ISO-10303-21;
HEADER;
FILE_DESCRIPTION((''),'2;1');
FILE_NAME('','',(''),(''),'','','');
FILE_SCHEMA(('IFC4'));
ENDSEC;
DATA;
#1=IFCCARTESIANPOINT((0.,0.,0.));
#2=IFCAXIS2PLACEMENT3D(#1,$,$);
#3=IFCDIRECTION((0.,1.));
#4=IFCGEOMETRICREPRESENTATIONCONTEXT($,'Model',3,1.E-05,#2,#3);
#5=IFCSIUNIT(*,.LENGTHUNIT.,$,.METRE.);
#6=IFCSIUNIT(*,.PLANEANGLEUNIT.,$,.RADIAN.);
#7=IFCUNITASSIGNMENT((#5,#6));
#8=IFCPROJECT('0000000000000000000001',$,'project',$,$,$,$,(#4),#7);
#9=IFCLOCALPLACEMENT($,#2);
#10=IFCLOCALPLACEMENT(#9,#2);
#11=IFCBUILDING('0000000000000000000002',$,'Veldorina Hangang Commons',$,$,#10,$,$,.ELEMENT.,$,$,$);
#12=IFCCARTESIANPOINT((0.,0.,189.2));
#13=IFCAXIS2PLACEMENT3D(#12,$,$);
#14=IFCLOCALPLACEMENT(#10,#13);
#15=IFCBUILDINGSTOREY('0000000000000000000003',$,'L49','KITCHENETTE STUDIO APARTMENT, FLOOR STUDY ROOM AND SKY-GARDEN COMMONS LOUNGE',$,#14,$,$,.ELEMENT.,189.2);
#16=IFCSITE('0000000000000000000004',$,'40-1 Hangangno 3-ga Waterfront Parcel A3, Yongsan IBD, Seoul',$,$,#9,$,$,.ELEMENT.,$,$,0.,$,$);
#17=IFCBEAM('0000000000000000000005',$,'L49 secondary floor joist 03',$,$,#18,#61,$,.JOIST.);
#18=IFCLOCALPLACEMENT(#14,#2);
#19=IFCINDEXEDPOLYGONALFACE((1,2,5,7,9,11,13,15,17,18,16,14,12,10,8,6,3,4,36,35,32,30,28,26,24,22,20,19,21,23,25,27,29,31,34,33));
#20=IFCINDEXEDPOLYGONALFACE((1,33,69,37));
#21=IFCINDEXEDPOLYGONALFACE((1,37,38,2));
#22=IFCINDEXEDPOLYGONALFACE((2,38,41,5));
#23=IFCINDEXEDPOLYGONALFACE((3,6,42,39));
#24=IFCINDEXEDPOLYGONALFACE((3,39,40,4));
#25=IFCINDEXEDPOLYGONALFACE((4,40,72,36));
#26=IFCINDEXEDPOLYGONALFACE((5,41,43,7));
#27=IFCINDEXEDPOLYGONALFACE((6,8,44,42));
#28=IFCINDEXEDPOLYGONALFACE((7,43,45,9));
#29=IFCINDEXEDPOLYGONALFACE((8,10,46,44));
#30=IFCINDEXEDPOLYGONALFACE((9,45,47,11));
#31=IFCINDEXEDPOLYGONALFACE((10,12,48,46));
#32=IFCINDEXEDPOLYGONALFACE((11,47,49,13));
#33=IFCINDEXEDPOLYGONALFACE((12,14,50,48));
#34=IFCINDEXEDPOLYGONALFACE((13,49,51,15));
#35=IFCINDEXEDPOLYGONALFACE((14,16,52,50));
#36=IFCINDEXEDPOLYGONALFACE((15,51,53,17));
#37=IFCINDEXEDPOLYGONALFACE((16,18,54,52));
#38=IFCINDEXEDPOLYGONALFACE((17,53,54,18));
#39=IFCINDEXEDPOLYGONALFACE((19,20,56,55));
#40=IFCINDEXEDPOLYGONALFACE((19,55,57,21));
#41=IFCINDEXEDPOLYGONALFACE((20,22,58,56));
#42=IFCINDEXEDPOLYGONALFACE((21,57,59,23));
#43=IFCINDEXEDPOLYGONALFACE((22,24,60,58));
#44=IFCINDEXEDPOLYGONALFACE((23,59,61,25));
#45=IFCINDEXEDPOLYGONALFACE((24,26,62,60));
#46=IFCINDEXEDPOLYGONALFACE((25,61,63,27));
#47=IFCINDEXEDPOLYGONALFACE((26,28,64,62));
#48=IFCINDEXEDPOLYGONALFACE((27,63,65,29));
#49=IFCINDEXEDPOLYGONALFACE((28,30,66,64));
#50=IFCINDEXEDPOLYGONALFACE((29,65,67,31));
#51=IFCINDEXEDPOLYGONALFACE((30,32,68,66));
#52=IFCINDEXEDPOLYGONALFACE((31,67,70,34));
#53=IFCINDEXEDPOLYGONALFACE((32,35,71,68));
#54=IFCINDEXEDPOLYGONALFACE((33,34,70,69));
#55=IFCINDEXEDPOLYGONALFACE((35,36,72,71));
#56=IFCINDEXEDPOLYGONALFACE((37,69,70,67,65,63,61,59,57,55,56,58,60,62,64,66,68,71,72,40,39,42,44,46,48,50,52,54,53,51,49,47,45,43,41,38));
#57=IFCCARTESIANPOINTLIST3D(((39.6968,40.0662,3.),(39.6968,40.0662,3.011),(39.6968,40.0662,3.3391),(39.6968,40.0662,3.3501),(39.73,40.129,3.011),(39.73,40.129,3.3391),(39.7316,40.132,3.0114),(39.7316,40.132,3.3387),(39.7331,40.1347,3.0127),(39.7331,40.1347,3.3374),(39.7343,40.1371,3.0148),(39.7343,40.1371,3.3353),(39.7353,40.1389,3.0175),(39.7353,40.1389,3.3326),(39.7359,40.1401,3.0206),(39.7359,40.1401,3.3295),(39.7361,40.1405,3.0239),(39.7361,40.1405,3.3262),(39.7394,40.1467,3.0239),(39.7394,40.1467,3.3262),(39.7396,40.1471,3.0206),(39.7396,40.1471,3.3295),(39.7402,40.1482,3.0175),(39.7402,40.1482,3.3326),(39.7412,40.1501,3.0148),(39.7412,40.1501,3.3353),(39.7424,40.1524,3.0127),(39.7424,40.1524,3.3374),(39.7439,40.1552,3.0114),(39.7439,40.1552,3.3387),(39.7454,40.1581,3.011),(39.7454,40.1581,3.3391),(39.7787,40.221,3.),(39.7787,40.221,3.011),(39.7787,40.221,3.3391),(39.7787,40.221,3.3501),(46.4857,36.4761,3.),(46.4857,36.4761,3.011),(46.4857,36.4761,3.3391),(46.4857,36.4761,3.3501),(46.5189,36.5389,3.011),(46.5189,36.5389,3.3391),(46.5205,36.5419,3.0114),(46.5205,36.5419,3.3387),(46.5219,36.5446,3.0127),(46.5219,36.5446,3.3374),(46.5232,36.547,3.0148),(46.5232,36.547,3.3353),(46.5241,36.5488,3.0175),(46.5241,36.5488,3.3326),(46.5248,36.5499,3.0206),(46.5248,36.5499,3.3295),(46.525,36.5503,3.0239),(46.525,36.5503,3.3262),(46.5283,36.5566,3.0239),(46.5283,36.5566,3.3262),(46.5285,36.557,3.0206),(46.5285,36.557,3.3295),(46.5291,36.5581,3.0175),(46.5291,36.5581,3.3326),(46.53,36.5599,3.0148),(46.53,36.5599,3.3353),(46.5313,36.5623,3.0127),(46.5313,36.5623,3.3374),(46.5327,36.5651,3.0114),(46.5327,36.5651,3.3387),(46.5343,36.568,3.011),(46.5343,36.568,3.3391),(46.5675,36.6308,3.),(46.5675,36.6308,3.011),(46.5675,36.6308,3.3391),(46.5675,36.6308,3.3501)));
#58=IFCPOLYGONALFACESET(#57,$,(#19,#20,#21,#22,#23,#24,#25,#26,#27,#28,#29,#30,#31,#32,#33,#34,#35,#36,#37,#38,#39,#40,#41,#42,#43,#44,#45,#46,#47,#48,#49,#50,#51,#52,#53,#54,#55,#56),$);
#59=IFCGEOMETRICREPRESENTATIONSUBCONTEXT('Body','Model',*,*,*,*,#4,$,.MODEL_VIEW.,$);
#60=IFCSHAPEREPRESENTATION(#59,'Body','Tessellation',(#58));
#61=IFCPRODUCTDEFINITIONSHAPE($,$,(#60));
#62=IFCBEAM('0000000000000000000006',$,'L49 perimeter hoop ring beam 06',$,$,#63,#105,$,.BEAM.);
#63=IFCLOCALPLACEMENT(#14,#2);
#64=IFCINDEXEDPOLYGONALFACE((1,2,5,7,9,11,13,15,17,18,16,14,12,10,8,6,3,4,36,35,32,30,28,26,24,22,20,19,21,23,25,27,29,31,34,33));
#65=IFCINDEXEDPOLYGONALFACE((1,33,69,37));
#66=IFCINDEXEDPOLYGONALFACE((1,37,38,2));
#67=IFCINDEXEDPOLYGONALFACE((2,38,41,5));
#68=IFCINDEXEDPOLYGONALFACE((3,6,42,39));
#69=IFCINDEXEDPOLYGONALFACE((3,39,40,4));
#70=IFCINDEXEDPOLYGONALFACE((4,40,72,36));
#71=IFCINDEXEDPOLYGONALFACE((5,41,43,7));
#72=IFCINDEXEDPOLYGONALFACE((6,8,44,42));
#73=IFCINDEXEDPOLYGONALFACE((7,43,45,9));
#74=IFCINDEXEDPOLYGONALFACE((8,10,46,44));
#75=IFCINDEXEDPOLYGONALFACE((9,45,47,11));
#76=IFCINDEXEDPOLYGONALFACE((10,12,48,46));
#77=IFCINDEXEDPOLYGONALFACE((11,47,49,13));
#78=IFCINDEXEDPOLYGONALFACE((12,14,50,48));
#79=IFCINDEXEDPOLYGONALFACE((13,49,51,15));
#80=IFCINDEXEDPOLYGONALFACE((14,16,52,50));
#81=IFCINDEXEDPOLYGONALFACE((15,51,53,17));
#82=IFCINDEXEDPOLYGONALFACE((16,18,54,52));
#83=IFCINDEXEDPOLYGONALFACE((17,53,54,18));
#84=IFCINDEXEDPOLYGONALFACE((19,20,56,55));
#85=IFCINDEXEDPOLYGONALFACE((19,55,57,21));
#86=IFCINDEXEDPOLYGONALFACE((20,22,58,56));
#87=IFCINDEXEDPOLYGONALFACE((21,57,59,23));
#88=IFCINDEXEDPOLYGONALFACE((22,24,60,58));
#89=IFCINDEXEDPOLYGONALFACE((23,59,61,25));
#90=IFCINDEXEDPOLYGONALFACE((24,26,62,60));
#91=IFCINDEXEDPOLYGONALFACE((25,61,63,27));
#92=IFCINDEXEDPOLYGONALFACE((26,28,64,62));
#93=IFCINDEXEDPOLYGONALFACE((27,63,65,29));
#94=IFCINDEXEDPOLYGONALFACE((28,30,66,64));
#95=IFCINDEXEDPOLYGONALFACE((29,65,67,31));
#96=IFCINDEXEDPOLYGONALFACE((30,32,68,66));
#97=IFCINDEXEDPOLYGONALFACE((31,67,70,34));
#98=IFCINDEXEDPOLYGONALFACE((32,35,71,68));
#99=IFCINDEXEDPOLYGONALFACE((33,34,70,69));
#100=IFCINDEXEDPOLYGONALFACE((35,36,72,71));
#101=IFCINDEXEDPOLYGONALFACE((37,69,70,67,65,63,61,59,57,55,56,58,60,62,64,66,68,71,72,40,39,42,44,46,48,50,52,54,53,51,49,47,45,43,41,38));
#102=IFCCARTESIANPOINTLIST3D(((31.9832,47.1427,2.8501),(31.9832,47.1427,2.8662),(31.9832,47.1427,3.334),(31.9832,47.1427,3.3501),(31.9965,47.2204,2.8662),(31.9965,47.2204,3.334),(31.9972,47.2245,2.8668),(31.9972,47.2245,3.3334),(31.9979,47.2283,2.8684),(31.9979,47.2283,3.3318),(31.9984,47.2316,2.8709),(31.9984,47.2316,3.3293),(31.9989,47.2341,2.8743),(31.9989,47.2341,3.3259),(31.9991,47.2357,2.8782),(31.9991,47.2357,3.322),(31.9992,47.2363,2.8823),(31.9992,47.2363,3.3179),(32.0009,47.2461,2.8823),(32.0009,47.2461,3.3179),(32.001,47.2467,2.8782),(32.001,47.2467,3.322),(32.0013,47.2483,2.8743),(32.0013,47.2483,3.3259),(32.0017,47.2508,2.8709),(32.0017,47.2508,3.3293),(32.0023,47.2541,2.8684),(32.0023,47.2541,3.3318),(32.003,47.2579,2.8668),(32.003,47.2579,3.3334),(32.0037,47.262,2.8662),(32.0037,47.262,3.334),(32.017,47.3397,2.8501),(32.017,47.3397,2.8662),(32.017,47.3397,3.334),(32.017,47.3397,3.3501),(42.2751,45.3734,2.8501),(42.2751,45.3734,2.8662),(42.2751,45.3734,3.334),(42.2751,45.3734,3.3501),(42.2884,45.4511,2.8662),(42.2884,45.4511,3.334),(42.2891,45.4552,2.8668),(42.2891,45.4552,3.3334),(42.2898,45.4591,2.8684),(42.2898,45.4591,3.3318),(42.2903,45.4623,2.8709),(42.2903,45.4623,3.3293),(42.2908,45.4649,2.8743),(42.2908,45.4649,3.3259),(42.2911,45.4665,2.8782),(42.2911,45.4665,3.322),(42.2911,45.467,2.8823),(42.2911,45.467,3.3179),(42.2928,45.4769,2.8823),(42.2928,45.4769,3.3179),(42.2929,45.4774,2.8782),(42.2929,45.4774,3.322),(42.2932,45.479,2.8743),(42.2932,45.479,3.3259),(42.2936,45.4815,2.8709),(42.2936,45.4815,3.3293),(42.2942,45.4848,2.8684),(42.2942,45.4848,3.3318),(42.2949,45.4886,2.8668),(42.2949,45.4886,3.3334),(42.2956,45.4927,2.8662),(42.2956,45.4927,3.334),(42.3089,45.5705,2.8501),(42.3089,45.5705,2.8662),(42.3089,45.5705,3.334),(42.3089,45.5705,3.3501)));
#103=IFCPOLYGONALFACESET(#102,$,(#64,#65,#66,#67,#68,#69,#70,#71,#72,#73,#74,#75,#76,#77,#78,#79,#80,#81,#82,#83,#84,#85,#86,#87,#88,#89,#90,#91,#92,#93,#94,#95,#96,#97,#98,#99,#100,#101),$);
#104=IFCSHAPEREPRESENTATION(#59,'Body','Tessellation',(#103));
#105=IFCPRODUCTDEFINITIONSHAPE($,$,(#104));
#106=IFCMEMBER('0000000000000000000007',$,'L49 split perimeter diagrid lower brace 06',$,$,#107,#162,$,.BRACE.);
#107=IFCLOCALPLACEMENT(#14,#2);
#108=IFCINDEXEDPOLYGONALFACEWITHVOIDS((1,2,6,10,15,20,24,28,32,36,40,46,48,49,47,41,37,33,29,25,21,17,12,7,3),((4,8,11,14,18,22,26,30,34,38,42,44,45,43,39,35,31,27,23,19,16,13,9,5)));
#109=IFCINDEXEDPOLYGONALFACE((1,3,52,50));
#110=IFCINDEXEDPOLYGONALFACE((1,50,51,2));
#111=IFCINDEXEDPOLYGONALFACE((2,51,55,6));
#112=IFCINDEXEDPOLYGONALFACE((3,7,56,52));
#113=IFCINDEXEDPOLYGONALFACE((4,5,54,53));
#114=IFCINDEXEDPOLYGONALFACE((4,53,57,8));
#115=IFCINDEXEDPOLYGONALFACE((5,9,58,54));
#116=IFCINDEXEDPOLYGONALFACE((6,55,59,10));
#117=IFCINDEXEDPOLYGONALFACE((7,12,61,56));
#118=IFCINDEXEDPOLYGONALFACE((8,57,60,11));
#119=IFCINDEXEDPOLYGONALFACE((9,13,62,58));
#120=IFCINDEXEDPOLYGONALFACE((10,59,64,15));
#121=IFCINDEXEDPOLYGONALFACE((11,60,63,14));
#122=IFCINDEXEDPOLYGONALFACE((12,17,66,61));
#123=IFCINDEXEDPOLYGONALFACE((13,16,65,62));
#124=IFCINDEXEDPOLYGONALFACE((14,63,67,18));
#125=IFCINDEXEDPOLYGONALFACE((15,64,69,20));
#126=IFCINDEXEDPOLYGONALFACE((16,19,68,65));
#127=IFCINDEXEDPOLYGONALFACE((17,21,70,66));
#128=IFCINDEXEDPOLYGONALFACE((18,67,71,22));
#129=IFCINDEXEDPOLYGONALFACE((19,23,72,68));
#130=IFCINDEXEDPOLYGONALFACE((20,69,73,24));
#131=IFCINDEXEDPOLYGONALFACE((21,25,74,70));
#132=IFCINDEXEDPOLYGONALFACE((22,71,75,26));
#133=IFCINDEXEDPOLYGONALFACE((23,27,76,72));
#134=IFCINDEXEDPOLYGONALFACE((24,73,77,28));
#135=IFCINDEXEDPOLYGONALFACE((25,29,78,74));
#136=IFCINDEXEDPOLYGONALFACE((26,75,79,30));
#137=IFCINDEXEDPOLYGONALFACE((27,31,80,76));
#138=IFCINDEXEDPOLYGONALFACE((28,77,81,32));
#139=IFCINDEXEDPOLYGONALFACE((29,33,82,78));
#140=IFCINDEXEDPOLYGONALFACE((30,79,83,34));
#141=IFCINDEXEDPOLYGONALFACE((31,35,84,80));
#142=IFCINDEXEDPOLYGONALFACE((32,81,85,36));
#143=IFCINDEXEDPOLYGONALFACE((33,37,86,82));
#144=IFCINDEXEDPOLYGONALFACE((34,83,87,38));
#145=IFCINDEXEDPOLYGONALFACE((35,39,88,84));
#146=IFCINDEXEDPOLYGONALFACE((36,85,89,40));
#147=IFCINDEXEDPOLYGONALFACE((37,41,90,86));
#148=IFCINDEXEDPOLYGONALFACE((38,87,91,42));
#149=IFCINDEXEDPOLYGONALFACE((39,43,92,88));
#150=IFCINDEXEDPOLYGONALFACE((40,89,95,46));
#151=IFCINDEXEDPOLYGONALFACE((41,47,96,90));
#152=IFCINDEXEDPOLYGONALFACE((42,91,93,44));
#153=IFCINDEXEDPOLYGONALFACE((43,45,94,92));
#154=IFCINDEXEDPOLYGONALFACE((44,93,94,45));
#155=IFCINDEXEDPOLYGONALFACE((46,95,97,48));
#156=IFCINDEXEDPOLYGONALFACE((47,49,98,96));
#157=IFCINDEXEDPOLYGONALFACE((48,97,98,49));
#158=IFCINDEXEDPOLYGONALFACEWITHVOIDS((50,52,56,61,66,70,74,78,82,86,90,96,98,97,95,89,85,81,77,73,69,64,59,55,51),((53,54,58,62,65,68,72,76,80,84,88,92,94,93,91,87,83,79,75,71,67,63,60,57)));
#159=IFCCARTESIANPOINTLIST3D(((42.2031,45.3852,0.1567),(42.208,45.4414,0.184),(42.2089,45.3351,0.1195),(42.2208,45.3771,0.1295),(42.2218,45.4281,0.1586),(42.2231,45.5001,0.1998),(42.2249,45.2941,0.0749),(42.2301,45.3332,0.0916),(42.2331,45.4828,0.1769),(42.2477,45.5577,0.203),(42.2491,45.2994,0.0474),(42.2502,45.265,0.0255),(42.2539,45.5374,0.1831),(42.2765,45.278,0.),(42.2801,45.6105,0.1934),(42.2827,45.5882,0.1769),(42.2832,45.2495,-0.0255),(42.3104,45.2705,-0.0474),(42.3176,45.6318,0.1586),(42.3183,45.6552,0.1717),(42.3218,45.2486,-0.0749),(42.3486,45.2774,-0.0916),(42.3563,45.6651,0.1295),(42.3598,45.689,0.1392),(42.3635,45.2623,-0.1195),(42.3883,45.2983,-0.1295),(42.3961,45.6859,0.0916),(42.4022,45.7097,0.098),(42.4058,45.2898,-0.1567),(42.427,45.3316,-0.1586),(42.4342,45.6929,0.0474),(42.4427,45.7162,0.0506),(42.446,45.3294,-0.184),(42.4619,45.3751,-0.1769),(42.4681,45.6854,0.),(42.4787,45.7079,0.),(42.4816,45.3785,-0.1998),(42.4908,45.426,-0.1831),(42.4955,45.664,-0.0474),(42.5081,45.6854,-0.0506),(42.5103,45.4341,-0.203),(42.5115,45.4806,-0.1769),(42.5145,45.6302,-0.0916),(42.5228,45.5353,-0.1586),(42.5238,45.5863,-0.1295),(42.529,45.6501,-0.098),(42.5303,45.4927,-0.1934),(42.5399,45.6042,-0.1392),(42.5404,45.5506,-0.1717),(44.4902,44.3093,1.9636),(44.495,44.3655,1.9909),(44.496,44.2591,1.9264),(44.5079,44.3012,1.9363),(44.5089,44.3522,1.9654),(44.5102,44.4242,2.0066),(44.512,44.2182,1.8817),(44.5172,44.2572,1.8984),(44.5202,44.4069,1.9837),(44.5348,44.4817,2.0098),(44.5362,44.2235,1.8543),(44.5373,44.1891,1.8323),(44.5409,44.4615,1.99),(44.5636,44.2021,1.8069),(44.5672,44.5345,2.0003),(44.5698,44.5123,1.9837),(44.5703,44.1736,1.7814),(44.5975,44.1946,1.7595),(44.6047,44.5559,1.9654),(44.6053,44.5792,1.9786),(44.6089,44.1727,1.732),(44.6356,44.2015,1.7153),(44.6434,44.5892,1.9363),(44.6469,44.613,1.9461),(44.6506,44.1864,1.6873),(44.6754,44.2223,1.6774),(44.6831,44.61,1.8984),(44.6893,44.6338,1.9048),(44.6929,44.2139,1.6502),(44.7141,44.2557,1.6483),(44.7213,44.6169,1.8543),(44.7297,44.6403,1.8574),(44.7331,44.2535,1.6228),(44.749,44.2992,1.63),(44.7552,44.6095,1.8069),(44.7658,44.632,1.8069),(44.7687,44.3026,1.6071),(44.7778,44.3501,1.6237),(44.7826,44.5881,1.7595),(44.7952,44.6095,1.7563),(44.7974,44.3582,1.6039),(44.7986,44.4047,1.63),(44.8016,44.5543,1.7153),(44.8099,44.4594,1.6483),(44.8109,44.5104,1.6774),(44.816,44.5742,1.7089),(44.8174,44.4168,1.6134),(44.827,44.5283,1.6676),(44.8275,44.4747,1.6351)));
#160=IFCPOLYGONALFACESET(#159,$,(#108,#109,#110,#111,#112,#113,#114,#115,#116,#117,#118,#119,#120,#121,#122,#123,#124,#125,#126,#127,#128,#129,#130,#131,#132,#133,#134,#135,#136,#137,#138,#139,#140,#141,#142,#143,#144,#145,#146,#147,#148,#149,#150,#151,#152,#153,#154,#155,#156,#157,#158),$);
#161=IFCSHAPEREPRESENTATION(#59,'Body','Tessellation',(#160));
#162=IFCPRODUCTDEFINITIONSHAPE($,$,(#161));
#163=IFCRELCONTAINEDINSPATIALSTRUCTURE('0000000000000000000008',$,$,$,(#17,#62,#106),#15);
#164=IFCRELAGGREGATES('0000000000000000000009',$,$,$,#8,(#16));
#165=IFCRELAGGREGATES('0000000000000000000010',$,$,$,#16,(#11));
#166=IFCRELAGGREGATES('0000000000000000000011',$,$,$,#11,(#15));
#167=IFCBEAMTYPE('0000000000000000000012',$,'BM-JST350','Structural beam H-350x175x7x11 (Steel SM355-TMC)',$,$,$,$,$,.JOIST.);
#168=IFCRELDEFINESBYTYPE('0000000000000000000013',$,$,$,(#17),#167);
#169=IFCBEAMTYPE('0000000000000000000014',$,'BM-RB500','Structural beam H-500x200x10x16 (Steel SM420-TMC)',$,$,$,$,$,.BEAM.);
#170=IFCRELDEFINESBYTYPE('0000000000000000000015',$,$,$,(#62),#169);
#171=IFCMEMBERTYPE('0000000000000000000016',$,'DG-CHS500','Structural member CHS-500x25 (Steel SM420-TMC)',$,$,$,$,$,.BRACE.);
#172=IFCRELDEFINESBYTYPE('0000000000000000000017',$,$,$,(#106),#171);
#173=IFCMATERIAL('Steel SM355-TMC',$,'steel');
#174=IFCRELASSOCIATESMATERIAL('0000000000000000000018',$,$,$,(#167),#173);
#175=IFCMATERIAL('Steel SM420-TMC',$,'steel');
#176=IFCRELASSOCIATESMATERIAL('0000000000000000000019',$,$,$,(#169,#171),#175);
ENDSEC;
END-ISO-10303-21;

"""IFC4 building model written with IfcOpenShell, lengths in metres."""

from ifc_helpers import new_model, si_unit, direction, frame, origin, origin_2d, place, context, subcontext, project, spatial, hollow_circle, i_section, extrude, material, material_profile, profile_set, type_object, element, save


model = new_model("IFC4")

# Units and contexts
model_context = context("Model", 3, precision=1e-05, world=origin(), true_north=direction((0.0, 1.0)))
body_context = subcontext(model_context, "Body", "Model", "MODEL_VIEW")
ifc_project = project(units=[si_unit("LENGTHUNIT", "METRE"), si_unit("PLANEANGLEUNIT", "RADIAN")], contexts=[model_context])

# Site, building, storey
site_placement = place(None, origin())
site = spatial("IfcSite", under=ifc_project, at=site_placement, Name="40-1 Hangangno 3-ga Waterfront Parcel A3, Yongsan IBD, Seoul", CompositionType="ELEMENT", RefElevation=0.0)
building_placement = place(site_placement, origin())
building = spatial("IfcBuilding", under=site, at=building_placement, Name="Veldorina Hangang Commons", CompositionType="ELEMENT")
storey_placement = place(building_placement, frame((0.0, 0.0, 189.2)))
storey = spatial("IfcBuildingStorey", under=building, at=storey_placement, Name="L49", Description="KITCHENETTE STUDIO APARTMENT, FLOOR STUDY ROOM AND SKY-GARDEN COMMONS LOUNGE", CompositionType="ELEMENT", Elevation=189.2)

# Beams
ifc_material_1 = material(Name="Steel SM355-TMC", Category="steel")
ifc_material_profile_1 = material_profile(ifc_material_1, i_section(OverallWidth=0.175, OverallDepth=0.3501, WebThickness=0.0071, FlangeThickness=0.011, FilletRadius=0.0129, at=origin_2d()), Name="H-350x175x7x11")
ifc_profile_set_1 = profile_set([ifc_material_profile_1], Name="Steel SM355-TMC")
beam_type_1 = type_object("IfcBeamType", Name="BM-JST350", Description="Structural beam H-350x175x7x11 (Steel SM355-TMC)", PredefinedType="JOIST", material=ifc_profile_set_1)
beam_1_placement = place(storey_placement, frame((46.5266, 36.5535, 3.175), z_axis=(-0.884003, 0.467482, 0.0), x_axis=(-0.467482, -0.884003, 0.0)))
element("IfcBeam", 1, at=beam_1_placement, inside=storey, type_object=beam_type_1, Name="L49 secondary floor joist 03", PredefinedType="JOIST", context=body_context, shape_type="SweptSolid", body=[
    extrude(i_section(OverallWidth=0.175, OverallDepth=0.3501, WebThickness=0.0071, FlangeThickness=0.011, FilletRadius=0.0129, at=origin_2d()), origin(), (0.0, 0.0, 1.0), 7.6797),
])
ifc_material_2 = material(Name="Steel SM420-TMC", Category="steel")
ifc_material_profile_2 = material_profile(ifc_material_2, i_section(OverallWidth=0.2, OverallDepth=0.5, WebThickness=0.01, FlangeThickness=0.0161, FilletRadius=0.0161, at=origin_2d()), Name="H-500x200x10x16")
ifc_profile_set_2 = profile_set([ifc_material_profile_2], Name="Steel SM420-TMC")
beam_type_2 = type_object("IfcBeamType", Name="BM-RB500", Description="Structural beam H-500x200x10x16 (Steel SM420-TMC)", PredefinedType="BEAM", material=ifc_profile_set_2)
beam_2_placement = place(storey_placement, frame((42.292, 45.4719, 3.1001), z_axis=(-0.985543, 0.169424, 0.0), x_axis=(-0.169424, -0.985543, 0.0)))
element("IfcBeam", 2, at=beam_2_placement, inside=storey, type_object=beam_type_2, Name="L49 perimeter hoop ring beam 06", PredefinedType="BEAM", context=body_context, shape_type="SweptSolid", body=[
    extrude(i_section(OverallWidth=0.2, OverallDepth=0.5, WebThickness=0.01, FlangeThickness=0.0161, FilletRadius=0.0161, at=origin_2d()), origin(), (0.0, 0.0, 1.0), 10.4429),
])

# Member
ifc_material_profile_3 = material_profile(ifc_material_2, hollow_circle(Radius=0.25, WallThickness=0.0249, at=origin_2d()), Name="CHS-500x25")
ifc_profile_set_3 = profile_set([ifc_material_profile_3], Name="Steel SM420-TMC")
member_type = type_object("IfcMemberType", Name="DG-CHS500", Description="Structural member CHS-500x25 (Steel SM420-TMC)", PredefinedType="BRACE", material=ifc_profile_set_3)
member_1_placement = place(storey_placement, frame((42.3723, 45.4817, 0.0), z_axis=(0.73612, -0.346294, 0.581557), x_axis=(0.425681, 0.904873, 0.0)))
element("IfcMember", 3, at=member_1_placement, inside=storey, type_object=member_type, Name="L49 split perimeter diagrid lower brace 06", PredefinedType="BRACE", context=body_context, shape_type="SweptSolid", body=[
    extrude(hollow_circle(Radius=0.25, WallThickness=0.0249, at=origin_2d()), origin(), (0.0, 0.0, 1.0), 3.1069),
])

save(model, "model.ifc")
